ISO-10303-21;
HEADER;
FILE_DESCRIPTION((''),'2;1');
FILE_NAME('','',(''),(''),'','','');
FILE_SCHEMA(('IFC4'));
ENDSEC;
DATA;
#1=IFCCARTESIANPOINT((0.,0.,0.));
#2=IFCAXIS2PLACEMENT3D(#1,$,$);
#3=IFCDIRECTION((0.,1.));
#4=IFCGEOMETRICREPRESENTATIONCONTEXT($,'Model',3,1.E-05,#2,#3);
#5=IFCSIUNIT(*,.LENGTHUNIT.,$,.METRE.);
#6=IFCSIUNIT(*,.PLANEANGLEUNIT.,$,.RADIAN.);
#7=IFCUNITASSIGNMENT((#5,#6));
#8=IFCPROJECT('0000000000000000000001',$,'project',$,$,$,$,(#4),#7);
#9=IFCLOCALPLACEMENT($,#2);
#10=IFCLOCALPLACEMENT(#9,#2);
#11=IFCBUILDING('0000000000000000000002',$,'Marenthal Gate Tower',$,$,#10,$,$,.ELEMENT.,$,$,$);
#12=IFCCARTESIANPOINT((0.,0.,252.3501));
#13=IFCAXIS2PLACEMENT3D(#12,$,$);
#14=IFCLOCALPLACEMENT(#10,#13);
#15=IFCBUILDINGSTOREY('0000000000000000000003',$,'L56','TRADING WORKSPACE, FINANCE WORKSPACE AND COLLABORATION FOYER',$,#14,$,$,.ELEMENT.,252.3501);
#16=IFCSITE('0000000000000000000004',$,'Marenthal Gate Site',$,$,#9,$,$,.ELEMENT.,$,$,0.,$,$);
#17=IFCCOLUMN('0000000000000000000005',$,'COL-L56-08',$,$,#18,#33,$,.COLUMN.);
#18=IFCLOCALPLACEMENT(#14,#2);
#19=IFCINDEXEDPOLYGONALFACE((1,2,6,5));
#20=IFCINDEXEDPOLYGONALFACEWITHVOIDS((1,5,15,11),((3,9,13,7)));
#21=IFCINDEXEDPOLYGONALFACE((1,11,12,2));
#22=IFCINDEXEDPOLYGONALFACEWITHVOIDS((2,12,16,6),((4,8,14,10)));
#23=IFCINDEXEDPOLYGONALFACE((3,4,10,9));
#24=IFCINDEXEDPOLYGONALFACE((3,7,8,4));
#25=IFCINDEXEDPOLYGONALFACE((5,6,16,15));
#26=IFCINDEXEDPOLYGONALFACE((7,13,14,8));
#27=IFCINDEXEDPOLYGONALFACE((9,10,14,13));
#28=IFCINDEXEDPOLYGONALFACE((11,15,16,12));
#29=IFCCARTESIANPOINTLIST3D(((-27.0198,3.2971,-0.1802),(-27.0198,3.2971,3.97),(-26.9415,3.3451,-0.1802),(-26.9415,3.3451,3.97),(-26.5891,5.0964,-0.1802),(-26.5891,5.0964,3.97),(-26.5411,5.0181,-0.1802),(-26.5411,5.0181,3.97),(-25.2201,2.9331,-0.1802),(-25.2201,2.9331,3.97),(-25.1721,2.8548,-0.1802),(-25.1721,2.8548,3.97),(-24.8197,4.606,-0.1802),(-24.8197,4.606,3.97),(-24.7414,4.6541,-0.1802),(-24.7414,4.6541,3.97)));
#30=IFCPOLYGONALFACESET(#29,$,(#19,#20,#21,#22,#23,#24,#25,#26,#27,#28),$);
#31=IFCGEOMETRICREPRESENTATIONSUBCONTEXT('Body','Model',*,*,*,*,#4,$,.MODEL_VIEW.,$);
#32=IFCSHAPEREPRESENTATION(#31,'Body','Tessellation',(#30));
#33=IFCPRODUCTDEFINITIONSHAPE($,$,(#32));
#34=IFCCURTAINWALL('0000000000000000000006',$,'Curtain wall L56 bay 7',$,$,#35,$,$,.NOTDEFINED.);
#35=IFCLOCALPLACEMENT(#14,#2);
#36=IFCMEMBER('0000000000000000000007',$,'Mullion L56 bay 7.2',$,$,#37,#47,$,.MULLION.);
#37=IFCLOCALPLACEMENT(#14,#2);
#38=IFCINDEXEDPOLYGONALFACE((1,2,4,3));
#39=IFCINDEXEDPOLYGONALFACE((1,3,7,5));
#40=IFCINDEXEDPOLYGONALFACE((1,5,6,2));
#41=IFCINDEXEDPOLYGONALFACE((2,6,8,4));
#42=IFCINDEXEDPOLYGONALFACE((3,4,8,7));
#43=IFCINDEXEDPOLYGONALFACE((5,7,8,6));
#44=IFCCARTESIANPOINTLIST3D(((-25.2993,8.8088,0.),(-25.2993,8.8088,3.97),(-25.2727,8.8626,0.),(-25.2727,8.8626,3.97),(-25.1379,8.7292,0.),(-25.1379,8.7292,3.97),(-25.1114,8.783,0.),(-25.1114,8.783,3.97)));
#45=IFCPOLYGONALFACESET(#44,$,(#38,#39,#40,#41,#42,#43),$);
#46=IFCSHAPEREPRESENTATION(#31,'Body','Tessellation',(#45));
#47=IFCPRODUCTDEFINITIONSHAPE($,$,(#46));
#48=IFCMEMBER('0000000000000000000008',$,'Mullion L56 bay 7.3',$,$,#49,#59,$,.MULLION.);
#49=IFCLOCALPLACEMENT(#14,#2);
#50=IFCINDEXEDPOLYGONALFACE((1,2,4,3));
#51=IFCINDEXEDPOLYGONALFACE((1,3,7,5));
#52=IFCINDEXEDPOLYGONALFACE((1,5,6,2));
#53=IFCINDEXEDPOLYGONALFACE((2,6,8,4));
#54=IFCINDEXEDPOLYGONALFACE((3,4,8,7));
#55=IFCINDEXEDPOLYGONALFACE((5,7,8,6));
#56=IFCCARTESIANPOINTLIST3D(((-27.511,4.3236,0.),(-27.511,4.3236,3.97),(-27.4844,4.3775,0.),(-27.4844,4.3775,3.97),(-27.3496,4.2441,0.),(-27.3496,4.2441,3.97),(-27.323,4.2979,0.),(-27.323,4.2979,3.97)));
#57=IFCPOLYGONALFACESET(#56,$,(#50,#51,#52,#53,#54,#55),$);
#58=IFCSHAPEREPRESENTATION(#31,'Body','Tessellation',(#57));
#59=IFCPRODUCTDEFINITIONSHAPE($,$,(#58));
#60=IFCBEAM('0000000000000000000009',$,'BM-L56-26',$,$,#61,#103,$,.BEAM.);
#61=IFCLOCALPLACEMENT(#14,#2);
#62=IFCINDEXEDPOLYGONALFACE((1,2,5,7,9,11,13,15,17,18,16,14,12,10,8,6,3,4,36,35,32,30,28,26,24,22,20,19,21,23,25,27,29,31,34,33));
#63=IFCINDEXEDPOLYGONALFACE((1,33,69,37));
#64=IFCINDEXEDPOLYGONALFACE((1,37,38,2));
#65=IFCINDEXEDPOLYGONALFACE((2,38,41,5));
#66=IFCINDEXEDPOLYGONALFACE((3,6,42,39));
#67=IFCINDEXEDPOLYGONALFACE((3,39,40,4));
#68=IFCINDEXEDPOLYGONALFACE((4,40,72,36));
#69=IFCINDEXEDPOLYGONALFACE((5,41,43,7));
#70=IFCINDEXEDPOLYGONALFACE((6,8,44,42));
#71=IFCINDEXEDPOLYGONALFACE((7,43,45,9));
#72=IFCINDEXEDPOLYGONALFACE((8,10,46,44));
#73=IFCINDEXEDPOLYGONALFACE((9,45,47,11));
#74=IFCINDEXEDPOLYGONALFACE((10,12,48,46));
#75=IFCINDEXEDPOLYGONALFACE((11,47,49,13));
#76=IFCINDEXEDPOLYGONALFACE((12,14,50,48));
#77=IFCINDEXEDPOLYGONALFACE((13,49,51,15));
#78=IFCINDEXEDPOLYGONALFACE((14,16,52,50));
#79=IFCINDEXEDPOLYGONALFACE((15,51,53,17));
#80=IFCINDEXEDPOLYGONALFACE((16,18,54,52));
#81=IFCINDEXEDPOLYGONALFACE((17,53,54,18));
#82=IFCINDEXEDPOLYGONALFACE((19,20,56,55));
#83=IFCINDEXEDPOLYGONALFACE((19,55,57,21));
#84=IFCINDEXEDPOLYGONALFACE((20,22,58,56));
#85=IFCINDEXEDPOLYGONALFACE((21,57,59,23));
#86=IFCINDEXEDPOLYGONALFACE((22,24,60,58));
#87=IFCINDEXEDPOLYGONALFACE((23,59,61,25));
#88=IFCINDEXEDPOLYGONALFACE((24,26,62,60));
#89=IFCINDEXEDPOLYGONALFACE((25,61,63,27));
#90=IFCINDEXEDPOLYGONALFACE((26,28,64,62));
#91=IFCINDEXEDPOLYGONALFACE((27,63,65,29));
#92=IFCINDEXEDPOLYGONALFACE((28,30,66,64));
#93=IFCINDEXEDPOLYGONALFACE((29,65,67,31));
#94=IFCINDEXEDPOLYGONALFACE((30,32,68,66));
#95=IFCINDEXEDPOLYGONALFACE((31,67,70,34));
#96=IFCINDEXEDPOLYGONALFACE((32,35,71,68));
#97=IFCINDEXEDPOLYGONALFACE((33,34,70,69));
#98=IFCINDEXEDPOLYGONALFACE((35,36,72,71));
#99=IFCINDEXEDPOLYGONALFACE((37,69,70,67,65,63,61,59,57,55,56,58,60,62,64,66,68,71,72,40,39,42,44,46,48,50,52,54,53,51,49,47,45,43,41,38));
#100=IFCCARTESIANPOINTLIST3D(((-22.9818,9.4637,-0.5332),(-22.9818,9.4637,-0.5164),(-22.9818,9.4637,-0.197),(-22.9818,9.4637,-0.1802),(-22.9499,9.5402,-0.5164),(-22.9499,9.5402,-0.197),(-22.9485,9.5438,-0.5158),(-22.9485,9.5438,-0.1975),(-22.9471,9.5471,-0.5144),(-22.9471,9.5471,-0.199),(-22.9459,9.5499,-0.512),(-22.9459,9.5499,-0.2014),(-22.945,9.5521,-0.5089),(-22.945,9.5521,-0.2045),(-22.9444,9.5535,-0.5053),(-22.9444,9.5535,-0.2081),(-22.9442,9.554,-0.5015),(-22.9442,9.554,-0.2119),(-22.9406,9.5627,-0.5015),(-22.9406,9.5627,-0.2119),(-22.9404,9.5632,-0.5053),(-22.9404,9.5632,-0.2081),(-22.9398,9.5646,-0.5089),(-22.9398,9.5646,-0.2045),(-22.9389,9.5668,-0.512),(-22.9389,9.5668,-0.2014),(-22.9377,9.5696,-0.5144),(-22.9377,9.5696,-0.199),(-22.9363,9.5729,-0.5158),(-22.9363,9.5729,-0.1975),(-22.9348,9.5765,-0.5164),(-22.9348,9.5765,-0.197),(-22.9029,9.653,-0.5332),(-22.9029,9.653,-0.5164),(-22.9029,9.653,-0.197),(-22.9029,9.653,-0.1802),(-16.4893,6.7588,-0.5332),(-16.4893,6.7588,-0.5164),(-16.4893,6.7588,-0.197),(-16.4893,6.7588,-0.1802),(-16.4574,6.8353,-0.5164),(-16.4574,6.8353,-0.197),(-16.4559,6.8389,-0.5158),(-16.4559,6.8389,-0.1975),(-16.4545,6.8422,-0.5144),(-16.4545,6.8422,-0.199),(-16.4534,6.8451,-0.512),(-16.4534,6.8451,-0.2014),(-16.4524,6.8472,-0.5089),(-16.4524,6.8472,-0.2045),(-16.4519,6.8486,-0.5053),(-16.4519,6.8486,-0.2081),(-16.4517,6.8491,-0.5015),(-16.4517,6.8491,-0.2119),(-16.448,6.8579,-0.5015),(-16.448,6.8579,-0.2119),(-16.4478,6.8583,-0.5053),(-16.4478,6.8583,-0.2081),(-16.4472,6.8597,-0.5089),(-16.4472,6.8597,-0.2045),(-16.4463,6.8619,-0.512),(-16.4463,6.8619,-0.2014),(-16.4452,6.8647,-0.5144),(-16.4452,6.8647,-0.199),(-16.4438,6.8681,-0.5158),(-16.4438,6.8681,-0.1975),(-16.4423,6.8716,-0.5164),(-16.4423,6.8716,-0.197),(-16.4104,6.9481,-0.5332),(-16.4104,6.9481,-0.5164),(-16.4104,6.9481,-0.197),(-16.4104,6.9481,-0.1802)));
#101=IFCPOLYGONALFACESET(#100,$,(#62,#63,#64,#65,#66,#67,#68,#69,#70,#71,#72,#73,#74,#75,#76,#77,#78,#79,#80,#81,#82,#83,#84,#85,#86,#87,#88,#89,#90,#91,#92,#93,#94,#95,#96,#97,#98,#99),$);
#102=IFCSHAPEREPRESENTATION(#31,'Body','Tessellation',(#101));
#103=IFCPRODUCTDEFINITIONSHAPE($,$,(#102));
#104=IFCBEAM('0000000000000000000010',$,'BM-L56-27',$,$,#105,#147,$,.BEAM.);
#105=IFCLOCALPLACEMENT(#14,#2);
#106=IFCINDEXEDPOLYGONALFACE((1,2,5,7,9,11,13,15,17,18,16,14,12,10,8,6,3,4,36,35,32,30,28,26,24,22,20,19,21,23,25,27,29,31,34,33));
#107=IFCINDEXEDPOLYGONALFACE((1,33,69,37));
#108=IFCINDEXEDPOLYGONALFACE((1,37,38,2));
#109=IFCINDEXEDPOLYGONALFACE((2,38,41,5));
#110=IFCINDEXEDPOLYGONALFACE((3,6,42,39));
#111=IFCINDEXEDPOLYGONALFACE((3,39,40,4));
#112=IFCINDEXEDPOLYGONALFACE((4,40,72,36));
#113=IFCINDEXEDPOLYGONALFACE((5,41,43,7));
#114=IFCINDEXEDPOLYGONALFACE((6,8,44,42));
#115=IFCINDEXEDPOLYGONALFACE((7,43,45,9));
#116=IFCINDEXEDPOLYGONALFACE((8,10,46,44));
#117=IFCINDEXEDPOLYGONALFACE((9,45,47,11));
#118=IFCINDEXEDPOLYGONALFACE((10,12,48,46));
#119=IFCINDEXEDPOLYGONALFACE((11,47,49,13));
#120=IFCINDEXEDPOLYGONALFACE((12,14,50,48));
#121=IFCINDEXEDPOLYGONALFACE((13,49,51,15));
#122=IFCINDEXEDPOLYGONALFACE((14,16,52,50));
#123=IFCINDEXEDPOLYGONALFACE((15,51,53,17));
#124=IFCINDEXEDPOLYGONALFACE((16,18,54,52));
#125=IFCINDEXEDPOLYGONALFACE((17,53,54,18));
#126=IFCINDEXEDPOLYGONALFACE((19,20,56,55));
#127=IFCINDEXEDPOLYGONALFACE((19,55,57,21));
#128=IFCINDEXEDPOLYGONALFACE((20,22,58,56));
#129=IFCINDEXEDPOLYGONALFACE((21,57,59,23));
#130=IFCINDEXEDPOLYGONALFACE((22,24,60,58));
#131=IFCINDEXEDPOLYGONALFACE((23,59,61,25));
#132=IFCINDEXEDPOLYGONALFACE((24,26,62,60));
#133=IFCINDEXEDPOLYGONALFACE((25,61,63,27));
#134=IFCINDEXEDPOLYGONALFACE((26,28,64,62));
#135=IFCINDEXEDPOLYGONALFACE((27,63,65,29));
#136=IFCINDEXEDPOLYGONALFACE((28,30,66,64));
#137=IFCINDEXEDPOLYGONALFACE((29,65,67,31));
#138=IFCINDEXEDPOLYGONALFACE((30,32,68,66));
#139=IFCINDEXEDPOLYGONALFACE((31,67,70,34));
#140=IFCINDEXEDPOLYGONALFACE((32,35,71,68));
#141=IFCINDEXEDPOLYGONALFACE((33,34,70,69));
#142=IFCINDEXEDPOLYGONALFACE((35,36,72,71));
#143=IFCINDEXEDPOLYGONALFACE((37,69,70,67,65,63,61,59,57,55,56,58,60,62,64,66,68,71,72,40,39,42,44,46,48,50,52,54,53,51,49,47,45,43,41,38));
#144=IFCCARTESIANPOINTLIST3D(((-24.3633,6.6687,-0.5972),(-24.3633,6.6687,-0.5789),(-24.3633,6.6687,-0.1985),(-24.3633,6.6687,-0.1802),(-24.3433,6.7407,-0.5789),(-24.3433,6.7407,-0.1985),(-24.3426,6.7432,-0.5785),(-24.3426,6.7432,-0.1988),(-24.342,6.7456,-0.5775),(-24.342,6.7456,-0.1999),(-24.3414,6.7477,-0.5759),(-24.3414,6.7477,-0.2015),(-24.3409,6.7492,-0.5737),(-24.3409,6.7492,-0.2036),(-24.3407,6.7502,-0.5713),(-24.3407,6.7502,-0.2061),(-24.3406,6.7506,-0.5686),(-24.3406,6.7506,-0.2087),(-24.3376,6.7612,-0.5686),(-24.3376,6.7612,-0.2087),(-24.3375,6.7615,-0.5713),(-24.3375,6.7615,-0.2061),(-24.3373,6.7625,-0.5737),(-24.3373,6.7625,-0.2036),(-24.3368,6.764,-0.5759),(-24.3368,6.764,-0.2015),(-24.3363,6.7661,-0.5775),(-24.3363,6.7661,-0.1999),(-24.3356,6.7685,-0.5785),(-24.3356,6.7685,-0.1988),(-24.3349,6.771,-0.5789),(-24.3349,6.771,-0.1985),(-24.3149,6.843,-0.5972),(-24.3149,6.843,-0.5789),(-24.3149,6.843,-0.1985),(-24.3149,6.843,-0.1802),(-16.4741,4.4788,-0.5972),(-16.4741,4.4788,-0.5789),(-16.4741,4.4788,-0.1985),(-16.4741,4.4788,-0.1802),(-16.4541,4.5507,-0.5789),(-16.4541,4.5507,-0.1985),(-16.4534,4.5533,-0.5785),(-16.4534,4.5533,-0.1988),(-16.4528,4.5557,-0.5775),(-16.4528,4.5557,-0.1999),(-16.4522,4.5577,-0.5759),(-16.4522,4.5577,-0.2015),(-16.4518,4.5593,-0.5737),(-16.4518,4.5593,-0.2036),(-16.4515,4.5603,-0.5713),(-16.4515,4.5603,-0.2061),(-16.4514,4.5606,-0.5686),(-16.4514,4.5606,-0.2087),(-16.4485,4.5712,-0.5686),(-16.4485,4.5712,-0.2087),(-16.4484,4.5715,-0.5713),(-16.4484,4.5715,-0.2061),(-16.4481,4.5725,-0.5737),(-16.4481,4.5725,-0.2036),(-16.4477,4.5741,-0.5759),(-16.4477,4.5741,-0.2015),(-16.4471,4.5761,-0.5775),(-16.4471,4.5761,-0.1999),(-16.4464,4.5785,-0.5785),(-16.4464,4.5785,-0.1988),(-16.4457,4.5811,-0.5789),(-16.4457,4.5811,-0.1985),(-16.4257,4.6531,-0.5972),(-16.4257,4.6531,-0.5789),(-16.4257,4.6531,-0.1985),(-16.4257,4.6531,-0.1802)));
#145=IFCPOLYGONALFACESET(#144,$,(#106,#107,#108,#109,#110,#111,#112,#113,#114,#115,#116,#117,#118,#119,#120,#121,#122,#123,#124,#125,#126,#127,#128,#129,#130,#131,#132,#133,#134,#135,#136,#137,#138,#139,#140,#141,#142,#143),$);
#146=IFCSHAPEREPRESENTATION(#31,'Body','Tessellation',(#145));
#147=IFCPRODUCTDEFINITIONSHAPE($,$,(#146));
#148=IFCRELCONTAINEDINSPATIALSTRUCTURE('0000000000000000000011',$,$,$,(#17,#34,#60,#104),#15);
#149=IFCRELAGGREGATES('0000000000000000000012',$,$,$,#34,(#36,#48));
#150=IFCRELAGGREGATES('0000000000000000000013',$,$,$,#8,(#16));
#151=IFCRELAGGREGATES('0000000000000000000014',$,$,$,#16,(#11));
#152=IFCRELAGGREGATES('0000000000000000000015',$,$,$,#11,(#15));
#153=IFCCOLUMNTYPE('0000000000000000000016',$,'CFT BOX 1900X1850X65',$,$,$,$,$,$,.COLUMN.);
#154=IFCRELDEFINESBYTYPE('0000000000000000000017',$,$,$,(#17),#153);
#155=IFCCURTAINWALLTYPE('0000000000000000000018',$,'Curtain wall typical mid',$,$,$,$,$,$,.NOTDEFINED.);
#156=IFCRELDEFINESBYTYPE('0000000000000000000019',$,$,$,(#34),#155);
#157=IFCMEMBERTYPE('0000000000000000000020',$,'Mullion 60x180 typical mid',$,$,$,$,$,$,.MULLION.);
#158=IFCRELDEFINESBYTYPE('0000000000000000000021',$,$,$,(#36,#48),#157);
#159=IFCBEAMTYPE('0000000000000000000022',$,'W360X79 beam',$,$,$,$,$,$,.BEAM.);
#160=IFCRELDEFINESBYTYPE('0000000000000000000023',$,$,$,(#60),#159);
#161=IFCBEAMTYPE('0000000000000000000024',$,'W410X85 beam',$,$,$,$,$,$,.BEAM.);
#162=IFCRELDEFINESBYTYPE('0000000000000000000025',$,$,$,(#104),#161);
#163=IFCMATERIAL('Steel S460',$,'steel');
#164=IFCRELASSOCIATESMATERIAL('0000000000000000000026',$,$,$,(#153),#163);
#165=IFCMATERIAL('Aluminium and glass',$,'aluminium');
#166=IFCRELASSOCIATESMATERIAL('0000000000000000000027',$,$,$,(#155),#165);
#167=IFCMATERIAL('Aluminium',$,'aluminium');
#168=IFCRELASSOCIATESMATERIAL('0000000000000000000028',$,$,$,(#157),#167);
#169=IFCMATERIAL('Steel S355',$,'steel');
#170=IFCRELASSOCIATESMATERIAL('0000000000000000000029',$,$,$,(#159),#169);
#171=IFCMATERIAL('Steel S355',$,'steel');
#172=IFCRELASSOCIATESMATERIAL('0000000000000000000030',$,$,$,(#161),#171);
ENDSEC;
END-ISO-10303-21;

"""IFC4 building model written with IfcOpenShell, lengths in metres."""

from ifc_helpers import new_model, si_unit, direction, frame, origin, origin_2d, place, context, subcontext, project, spatial, rectangle, hollow_rectangle, i_section, extrude, material, material_profile, profile_set, type_object, element, aggregate, save


model = new_model("IFC4")

# Units and contexts
model_context = context("Model", 3, precision=1e-05, world=origin(), true_north=direction((0.0, 1.0)))
body_context = subcontext(model_context, "Body", "Model", "MODEL_VIEW")
ifc_project = project(units=[si_unit("LENGTHUNIT", "METRE"), si_unit("PLANEANGLEUNIT", "RADIAN")], contexts=[model_context])

# Site, building, storey
site_placement = place(None, origin())
site = spatial("IfcSite", under=ifc_project, at=site_placement, Name="Marenthal Gate Site", CompositionType="ELEMENT", RefElevation=0.0)
building_placement = place(site_placement, origin())
building = spatial("IfcBuilding", under=site, at=building_placement, Name="Marenthal Gate Tower", CompositionType="ELEMENT")
storey_placement = place(building_placement, frame((0.0, 0.0, 252.3501)))
storey = spatial("IfcBuildingStorey", under=building, at=storey_placement, Name="L56", Description="TRADING WORKSPACE, FINANCE WORKSPACE AND COLLABORATION FOYER", CompositionType="ELEMENT", Elevation=252.3501)

# Column
ifc_material_1 = material(Name="Steel S460", Category="steel")
ifc_material_profile_1 = material_profile(ifc_material_1, hollow_rectangle(XDim=1.8501, YDim=1.8999, WallThickness=0.0649, at=origin_2d()), Name="CFT BOX 1900X1850X65")
ifc_material_2 = material(Name="Concrete 70 MPa", Category="concrete")
ifc_material_profile_2 = material_profile(ifc_material_2, rectangle(XDim=1.72, YDim=1.77, at=origin_2d()), Name="CFT BOX 1900X1850X65 INFILL")
ifc_profile_set_1 = profile_set([ifc_material_profile_1, ifc_material_profile_2], Name="Steel S460 shell, Concrete 70 MPa infill")
column_type = type_object("IfcColumnType", Name="CFT BOX 1900X1850X65", PredefinedType="COLUMN", material=ifc_profile_set_1)
column_placement = place(storey_placement, frame((-25.8806, 3.9756, -0.1802), z_axis=(0.0, 0.0, 1.0), x_axis=(0.232783, 0.972529, 0.0)))
element("IfcColumn", 1, at=column_placement, inside=storey, type_object=column_type, Name="COL-L56-08", PredefinedType="COLUMN", context=body_context, shape_type="SweptSolid", body=[
    extrude(hollow_rectangle(XDim=1.8501, YDim=1.8999, WallThickness=0.0649, at=origin_2d()), origin(), (0.0, 0.0, 1.0), 4.1501),
])

# Curtain wall, members
ifc_material_3 = material(Name="Aluminium and glass", Category="aluminium")
curtain_wall_type = type_object("IfcCurtainWallType", Name="Curtain wall typical mid", PredefinedType="NOTDEFINED", material=ifc_material_3)
curtain_wall_placement = place(storey_placement, origin())
curtain_wall = element("IfcCurtainWall", 2, at=curtain_wall_placement, inside=storey, type_object=curtain_wall_type, Name="Curtain wall L56 bay 7", PredefinedType="NOTDEFINED")
ifc_material_4 = material(Name="Aluminium", Category="aluminium")
ifc_material_profile_3 = material_profile(ifc_material_4, rectangle(XDim=0.1799, YDim=0.0601, at=origin_2d()), Name="60x180 aluminium mullion")
ifc_profile_set_2 = profile_set([ifc_material_profile_3], Name="Aluminium")
member_type = type_object("IfcMemberType", Name="Mullion 60x180 typical mid", PredefinedType="MULLION", material=ifc_profile_set_2)
member_1_placement = place(storey_placement, frame((-25.2053, 8.7959, 0.0), z_axis=(0.0, 0.0, 1.0), x_axis=(0.896882, -0.442269, 0.0)))
member_1 = element("IfcMember", 3, at=member_1_placement, type_object=member_type, Name="Mullion L56 bay 7.2", PredefinedType="MULLION", context=body_context, shape_type="SweptSolid", body=[
    extrude(rectangle(XDim=0.1799, YDim=0.0601, at=origin_2d()), origin(), (0.0, 0.0, 1.0), 3.97),
])
member_2_placement = place(storey_placement, frame((-27.417, 4.3108, 0.0), z_axis=(0.0, 0.0, 1.0), x_axis=(0.896882, -0.442269, 0.0)))
member_2 = element("IfcMember", 4, at=member_2_placement, type_object=member_type, Name="Mullion L56 bay 7.3", PredefinedType="MULLION", context=body_context, shape_type="SweptSolid", body=[
    extrude(rectangle(XDim=0.1799, YDim=0.0601, at=origin_2d()), origin(), (0.0, 0.0, 1.0), 3.97),
])

# Beams
ifc_material_5 = material(Name="Steel S355", Category="steel")
ifc_material_profile_4 = material_profile(ifc_material_5, i_section(OverallWidth=0.2051, OverallDepth=0.353, WebThickness=0.0095, FlangeThickness=0.0168, FilletRadius=0.0149, at=origin_2d()), Name="W360X79")
ifc_profile_set_3 = profile_set([ifc_material_profile_4], Name="Steel S355")
beam_type_1 = type_object("IfcBeamType", Name="W360X79 beam", PredefinedType="BEAM", material=ifc_profile_set_3)
beam_1_placement = place(storey_placement, frame((-22.9424, 9.5583, -0.3567), z_axis=(0.923094, -0.384573, 0.0), x_axis=(0.384573, 0.923094, 0.0)))
element("IfcBeam", 5, at=beam_1_placement, inside=storey, type_object=beam_type_1, Name="BM-L56-26", PredefinedType="BEAM", context=body_context, shape_type="SweptSolid", body=[
    extrude(i_section(OverallWidth=0.2051, OverallDepth=0.353, WebThickness=0.0095, FlangeThickness=0.0168, FilletRadius=0.0149, at=origin_2d()), origin(), (0.0, 0.0, 1.0), 7.0334),
])
ifc_material_6 = material(Name="Steel S355", Category="steel")
ifc_material_profile_5 = material_profile(ifc_material_6, i_section(OverallWidth=0.1809, OverallDepth=0.417, WebThickness=0.011, FlangeThickness=0.0183, FilletRadius=0.0103, at=origin_2d()), Name="W410X85")
ifc_profile_set_4 = profile_set([ifc_material_profile_5], Name="Steel S355")
beam_type_2 = type_object("IfcBeamType", Name="W410X85 beam", PredefinedType="BEAM", material=ifc_profile_set_4)
beam_2_placement = place(storey_placement, frame((-24.3391, 6.7559, -0.3887), z_axis=(0.963565, -0.267475, 0.0), x_axis=(0.267475, 0.963565, 0.0)))
element("IfcBeam", 6, at=beam_2_placement, inside=storey, type_object=beam_type_2, Name="BM-L56-27", PredefinedType="BEAM", context=body_context, shape_type="SweptSolid", body=[
    extrude(i_section(OverallWidth=0.1809, OverallDepth=0.417, WebThickness=0.011, FlangeThickness=0.0183, FilletRadius=0.0103, at=origin_2d()), origin(), (0.0, 0.0, 1.0), 8.1875),
])

aggregate(curtain_wall, [member_1, member_2])

save(model, "model.ifc")
